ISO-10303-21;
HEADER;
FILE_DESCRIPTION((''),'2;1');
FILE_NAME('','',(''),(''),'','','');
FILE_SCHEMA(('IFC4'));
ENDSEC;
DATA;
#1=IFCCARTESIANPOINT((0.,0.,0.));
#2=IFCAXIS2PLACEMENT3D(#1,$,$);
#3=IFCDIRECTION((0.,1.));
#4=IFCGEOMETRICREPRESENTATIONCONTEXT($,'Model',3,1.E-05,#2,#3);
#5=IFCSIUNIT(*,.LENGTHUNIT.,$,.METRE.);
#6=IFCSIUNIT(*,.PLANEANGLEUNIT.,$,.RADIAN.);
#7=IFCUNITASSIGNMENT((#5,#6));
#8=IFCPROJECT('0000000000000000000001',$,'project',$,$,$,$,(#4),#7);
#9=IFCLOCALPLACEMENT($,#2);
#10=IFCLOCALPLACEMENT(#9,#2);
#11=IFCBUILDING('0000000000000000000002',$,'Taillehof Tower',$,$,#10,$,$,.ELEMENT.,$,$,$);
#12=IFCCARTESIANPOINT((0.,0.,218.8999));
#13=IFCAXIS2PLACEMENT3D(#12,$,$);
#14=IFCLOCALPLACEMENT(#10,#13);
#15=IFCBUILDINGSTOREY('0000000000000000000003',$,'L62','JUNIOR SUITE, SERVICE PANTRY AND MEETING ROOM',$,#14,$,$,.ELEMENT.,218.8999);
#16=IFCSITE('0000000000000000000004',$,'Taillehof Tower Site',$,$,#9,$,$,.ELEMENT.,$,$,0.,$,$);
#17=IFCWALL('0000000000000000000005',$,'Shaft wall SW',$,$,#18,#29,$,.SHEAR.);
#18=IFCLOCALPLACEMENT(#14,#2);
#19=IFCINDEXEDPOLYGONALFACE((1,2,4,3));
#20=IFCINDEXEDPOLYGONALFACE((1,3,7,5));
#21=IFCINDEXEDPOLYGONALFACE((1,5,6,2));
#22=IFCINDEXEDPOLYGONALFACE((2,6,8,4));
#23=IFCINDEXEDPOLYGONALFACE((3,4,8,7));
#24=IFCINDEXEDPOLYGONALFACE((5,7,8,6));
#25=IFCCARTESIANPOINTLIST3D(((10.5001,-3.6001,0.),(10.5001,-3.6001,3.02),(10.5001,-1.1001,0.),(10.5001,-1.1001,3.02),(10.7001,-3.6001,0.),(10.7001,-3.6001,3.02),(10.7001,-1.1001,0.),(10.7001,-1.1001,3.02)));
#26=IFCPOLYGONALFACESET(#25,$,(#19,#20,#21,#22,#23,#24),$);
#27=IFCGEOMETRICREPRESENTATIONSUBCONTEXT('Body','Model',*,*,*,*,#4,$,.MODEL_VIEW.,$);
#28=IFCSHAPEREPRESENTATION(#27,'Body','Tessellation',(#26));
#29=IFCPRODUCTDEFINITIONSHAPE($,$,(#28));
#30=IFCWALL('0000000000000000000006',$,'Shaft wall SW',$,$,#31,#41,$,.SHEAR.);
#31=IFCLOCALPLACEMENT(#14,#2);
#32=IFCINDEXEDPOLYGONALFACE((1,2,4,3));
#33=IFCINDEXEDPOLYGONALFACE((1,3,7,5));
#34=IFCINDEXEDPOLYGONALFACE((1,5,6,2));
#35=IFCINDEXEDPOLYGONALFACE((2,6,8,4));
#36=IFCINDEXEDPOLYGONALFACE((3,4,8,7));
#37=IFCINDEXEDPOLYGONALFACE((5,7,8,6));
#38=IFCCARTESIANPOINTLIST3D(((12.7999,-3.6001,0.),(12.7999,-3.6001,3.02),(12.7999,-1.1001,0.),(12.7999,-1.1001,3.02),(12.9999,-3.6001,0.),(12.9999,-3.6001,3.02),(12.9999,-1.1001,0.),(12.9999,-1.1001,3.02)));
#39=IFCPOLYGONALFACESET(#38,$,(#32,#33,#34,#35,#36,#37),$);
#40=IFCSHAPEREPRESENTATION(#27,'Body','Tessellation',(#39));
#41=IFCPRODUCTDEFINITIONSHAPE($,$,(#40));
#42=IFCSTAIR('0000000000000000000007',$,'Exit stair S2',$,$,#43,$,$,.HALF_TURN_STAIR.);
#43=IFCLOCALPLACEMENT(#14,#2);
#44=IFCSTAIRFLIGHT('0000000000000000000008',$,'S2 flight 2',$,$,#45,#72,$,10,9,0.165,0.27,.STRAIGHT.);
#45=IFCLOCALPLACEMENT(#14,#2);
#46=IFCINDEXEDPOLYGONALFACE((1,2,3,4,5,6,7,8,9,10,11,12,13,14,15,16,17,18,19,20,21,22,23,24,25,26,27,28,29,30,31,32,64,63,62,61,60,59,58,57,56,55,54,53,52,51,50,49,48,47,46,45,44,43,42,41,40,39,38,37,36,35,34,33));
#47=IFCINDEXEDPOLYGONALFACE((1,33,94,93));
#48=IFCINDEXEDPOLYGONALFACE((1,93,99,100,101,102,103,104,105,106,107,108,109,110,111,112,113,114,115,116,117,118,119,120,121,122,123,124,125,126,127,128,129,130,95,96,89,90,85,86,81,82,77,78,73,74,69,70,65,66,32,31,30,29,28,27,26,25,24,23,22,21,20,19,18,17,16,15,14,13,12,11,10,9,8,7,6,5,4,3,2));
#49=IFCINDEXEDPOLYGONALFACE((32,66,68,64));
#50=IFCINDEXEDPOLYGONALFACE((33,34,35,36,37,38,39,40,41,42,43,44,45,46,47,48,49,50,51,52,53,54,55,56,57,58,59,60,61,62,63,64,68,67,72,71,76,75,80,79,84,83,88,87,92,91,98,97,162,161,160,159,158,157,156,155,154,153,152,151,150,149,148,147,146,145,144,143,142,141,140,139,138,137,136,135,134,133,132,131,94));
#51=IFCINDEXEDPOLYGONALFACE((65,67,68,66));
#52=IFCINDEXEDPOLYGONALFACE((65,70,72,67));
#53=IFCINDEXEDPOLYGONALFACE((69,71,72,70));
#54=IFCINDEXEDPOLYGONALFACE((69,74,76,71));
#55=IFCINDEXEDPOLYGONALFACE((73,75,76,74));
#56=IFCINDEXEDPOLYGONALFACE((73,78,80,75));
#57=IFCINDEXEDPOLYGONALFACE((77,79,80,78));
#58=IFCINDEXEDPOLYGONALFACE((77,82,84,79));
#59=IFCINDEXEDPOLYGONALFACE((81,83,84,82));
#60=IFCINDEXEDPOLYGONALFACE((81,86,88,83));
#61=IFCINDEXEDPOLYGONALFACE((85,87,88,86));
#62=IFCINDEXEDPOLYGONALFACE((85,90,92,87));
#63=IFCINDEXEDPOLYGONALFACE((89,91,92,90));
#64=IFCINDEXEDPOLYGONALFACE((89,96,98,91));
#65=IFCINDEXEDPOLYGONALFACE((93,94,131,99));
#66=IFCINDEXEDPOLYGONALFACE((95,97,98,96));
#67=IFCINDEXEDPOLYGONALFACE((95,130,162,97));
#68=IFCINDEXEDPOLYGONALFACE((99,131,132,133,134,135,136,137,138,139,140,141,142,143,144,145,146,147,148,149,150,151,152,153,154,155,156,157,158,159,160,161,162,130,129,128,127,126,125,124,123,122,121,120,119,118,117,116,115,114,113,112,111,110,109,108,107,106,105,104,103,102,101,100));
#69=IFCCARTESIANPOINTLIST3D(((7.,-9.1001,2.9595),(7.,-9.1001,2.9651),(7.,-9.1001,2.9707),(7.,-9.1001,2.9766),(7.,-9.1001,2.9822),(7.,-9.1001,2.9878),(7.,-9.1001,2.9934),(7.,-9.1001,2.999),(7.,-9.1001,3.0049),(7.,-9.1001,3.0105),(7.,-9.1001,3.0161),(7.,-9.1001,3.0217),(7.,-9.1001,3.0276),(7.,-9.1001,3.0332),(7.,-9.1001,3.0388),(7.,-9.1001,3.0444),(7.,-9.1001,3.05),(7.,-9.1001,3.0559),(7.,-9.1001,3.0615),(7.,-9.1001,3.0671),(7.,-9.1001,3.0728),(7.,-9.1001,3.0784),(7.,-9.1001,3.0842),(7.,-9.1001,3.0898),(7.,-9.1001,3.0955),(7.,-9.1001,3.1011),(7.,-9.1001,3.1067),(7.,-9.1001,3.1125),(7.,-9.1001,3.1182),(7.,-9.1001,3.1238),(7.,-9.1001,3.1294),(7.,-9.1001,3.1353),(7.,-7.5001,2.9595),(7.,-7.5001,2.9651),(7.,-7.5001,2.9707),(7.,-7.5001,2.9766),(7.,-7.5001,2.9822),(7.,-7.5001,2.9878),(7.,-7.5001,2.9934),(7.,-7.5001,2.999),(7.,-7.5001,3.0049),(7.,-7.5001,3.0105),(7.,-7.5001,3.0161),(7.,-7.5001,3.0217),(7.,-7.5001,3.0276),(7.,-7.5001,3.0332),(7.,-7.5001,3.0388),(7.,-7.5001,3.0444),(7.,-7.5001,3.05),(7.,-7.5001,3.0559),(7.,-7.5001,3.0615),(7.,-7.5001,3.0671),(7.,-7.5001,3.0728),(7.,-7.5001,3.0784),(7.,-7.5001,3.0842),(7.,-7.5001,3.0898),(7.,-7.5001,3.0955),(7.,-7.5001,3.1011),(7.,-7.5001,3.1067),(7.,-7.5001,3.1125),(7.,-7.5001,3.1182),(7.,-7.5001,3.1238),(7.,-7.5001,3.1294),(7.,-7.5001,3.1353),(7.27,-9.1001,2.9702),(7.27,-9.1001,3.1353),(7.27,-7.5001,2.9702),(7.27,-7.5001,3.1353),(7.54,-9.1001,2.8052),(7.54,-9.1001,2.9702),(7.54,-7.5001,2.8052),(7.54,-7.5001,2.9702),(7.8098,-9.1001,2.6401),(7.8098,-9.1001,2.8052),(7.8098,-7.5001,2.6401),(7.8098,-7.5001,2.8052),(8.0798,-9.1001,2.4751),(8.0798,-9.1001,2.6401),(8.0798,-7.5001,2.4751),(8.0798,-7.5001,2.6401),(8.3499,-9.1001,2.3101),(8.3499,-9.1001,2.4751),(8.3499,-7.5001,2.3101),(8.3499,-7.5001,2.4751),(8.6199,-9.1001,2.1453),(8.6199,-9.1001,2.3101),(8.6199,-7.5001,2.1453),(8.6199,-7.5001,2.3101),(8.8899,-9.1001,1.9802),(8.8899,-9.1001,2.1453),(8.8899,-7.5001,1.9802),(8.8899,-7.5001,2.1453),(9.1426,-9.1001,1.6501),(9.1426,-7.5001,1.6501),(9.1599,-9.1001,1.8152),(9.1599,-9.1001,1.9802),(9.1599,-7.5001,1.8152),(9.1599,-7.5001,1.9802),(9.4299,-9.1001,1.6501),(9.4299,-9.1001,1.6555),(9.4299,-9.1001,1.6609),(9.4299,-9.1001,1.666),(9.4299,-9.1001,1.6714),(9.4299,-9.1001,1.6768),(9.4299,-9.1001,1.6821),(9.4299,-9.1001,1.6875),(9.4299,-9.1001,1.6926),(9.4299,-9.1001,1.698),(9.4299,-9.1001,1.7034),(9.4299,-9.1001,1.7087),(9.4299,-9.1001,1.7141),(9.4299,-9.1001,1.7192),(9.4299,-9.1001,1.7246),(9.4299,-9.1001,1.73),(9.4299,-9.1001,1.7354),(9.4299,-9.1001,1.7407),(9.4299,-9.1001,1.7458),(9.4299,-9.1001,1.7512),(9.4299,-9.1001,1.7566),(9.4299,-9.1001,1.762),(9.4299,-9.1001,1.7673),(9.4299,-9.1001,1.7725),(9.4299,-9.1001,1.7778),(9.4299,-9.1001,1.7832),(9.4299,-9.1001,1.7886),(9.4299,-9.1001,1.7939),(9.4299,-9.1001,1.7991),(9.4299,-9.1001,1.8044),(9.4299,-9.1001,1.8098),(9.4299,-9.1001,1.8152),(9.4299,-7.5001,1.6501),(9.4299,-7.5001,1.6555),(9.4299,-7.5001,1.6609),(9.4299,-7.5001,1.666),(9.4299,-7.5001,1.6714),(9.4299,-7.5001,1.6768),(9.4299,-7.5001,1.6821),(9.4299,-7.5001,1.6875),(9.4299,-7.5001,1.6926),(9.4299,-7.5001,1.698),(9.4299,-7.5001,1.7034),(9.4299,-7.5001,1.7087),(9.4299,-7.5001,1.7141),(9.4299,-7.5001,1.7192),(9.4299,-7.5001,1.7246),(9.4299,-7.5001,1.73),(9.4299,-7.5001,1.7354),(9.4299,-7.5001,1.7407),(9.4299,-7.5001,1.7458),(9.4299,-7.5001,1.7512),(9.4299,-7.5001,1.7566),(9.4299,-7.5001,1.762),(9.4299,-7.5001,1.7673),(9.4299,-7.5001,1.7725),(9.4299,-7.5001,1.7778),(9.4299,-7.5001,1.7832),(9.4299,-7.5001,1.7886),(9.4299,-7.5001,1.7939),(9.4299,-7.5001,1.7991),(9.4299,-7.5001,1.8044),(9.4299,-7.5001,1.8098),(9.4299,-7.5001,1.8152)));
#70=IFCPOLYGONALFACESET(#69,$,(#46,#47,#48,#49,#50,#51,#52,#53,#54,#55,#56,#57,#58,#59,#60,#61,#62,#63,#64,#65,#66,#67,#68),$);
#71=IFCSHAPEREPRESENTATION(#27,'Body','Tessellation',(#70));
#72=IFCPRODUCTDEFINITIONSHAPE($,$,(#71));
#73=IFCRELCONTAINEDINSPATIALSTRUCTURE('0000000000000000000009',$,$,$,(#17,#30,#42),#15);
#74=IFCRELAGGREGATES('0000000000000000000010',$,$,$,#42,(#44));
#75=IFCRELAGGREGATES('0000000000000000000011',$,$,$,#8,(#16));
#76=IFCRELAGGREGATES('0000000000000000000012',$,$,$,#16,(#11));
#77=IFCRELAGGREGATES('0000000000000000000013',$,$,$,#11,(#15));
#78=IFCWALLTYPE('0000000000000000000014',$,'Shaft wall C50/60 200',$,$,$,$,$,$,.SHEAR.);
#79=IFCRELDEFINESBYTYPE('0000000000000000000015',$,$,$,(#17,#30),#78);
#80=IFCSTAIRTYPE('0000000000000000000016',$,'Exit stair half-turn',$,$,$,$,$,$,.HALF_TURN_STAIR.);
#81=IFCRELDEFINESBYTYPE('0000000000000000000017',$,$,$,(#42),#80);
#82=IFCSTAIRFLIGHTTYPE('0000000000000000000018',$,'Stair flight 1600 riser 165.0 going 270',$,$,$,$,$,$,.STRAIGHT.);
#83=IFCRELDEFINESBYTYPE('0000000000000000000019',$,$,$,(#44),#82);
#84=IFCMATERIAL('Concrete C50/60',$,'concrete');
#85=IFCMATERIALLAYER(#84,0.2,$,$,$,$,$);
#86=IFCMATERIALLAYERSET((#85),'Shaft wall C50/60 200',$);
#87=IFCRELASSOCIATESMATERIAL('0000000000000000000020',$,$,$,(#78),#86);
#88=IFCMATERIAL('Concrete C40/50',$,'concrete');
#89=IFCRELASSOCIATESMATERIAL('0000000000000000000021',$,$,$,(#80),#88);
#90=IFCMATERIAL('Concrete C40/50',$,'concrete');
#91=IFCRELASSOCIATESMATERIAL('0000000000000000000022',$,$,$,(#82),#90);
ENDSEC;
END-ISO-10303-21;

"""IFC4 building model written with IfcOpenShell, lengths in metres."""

from ifc_helpers import new_model, si_unit, direction, frame, frame_2d, origin, place, context, subcontext, project, spatial, polyline, rectangle, outline, extrude, material, layer, layer_set, type_object, element, aggregate, save


model = new_model("IFC4")

# Units and contexts
model_context = context("Model", 3, precision=1e-05, world=origin(), true_north=direction((0.0, 1.0)))
body_context = subcontext(model_context, "Body", "Model", "MODEL_VIEW")
ifc_project = project(units=[si_unit("LENGTHUNIT", "METRE"), si_unit("PLANEANGLEUNIT", "RADIAN")], contexts=[model_context])

# Site, building, storey
site_placement = place(None, origin())
site = spatial("IfcSite", under=ifc_project, at=site_placement, Name="Taillehof Tower Site", CompositionType="ELEMENT", RefElevation=0.0)
building_placement = place(site_placement, origin())
building = spatial("IfcBuilding", under=site, at=building_placement, Name="Taillehof Tower", CompositionType="ELEMENT")
storey_placement = place(building_placement, frame((0.0, 0.0, 218.8999)))
storey = spatial("IfcBuildingStorey", under=building, at=storey_placement, Name="L62", Description="JUNIOR SUITE, SERVICE PANTRY AND MEETING ROOM", CompositionType="ELEMENT", Elevation=218.8999)

# Walls
ifc_material_1 = material(Name="Concrete C50/60", Category="concrete")
ifc_layer_1 = layer(ifc_material_1, 0.2)
ifc_layer_set_1 = layer_set([ifc_layer_1], Name="Shaft wall C50/60 200")
wall_type_1 = type_object("IfcWallType", Name="Shaft wall C50/60 200", PredefinedType="SHEAR", material=ifc_layer_set_1)
for number, where, z_axis, x_axis, name in (
    (1, (10.6001, -3.6001, 0.0), (0.0, 0.0, 1.0), (0.0, 1.0, 0.0), "Shaft wall SW"),
    (2, (12.8999, -3.6001, 0.0), (0.0, 0.0, 1.0), (0.0, 1.0, 0.0), "Shaft wall SW"),
):
    element("IfcWall", number, at=place(storey_placement, frame(where, z_axis=z_axis, x_axis=x_axis)), inside=storey, type_object=wall_type_1, Name=name, PredefinedType="SHEAR", context=body_context, shape_type="SweptSolid", body=[
        extrude(rectangle(XDim=2.5, YDim=0.2, at=frame_2d((1.25, 0.0))), origin(), (0.0, 0.0, 1.0), 3.02),
    ])

# Stair, stair flight
ifc_material_2 = material(Name="Concrete C40/50", Category="concrete")
stair_type = type_object("IfcStairType", Name="Exit stair half-turn", PredefinedType="HALF_TURN_STAIR", material=ifc_material_2)
stair_placement = place(storey_placement, origin())
stair = element("IfcStair", 3, at=stair_placement, inside=storey, type_object=stair_type, Name="Exit stair S2", PredefinedType="HALF_TURN_STAIR")
ifc_material_3 = material(Name="Concrete C40/50", Category="concrete")
stair_flight_type = type_object("IfcStairFlightType", Name="Stair flight 1600 riser 165.0 going 270", PredefinedType="STRAIGHT", material=ifc_material_3)
stair_flight_placement = place(storey_placement, frame((9.4299, -8.3, 1.6501), z_axis=(0.0, 0.0, 1.0), x_axis=(-1.0, 0.0, 0.0)))
stair_flight = element("IfcStairFlight", 4, at=stair_flight_placement, type_object=stair_flight_type, Name="S2 flight 2", NumberOfRisers=10, NumberOfTreads=9, PredefinedType="STRAIGHT", RiserHeight=0.165, TreadLength=0.27, context=body_context, shape_type="SweptSolid", body=[
    extrude(outline(polyline([(0.0, 0.0), (0.0, 0.0054), (0.0, 0.0107), (0.0, 0.0159), (0.0, 0.0212), (0.0, 0.0266), (0.0, 0.032), (0.0, 0.0374), (0.0, 0.0425), (0.0, 0.0479), (0.0, 0.0532), (0.0, 0.0586), (0.0, 0.064), (0.0, 0.0691), (0.0, 0.0745), (0.0, 0.0798), (0.0, 0.0852), (0.0, 0.0906), (0.0, 0.0957), (0.0, 0.1011), (0.0, 0.1064), (0.0, 0.1118), (0.0, 0.1172), (0.0, 0.1223), (0.0, 0.1277), (0.0, 0.1331), (0.0, 0.1384), (0.0, 0.1438), (0.0, 0.1489), (0.0, 0.1543), (0.0, 0.1597), (0.0, 0.165), (0.27, 0.165), (0.27, 0.3301), (0.54, 0.3301), (0.54, 0.4951), (0.8101, 0.4951), (0.8101, 0.6599), (1.0801, 0.6599), (1.0801, 0.825), (1.3501, 0.825), (1.3501, 0.99), (1.6201, 0.99), (1.6201, 1.155), (1.8899, 1.155), (1.8899, 1.3201), (2.1599, 1.3201), (2.1599, 1.4851), (2.4299, 1.4851), (2.4299, 1.4792), (2.4299, 1.4736), (2.4299, 1.468), (2.4299, 1.4624), (2.4299, 1.4565), (2.4299, 1.4509), (2.4299, 1.4453), (2.4299, 1.4397), (2.4299, 1.4341), (2.4299, 1.4282), (2.4299, 1.4226), (2.4299, 1.417), (2.4299, 1.4114), (2.4299, 1.4058), (2.4299, 1.3999), (2.4299, 1.3943), (2.4299, 1.3887), (2.4299, 1.3831), (2.4299, 1.3774), (2.4299, 1.3716), (2.4299, 1.366), (2.4299, 1.3604), (2.4299, 1.3547), (2.4299, 1.3489), (2.4299, 1.3433), (2.4299, 1.3376), (2.4299, 1.332), (2.4299, 1.3264), (2.4299, 1.3206), (2.4299, 1.3149), (2.4299, 1.3093), (0.2874, 0.0), (0.0, 0.0)])), frame((0.0, 0.8, 0.0), z_axis=(0.0, -1.0, 0.0), x_axis=(1.0, 0.0, 0.0)), (0.0, 0.0, 1.0), 1.6),
])
aggregate(stair, [stair_flight])

save(model, "model.ifc")
